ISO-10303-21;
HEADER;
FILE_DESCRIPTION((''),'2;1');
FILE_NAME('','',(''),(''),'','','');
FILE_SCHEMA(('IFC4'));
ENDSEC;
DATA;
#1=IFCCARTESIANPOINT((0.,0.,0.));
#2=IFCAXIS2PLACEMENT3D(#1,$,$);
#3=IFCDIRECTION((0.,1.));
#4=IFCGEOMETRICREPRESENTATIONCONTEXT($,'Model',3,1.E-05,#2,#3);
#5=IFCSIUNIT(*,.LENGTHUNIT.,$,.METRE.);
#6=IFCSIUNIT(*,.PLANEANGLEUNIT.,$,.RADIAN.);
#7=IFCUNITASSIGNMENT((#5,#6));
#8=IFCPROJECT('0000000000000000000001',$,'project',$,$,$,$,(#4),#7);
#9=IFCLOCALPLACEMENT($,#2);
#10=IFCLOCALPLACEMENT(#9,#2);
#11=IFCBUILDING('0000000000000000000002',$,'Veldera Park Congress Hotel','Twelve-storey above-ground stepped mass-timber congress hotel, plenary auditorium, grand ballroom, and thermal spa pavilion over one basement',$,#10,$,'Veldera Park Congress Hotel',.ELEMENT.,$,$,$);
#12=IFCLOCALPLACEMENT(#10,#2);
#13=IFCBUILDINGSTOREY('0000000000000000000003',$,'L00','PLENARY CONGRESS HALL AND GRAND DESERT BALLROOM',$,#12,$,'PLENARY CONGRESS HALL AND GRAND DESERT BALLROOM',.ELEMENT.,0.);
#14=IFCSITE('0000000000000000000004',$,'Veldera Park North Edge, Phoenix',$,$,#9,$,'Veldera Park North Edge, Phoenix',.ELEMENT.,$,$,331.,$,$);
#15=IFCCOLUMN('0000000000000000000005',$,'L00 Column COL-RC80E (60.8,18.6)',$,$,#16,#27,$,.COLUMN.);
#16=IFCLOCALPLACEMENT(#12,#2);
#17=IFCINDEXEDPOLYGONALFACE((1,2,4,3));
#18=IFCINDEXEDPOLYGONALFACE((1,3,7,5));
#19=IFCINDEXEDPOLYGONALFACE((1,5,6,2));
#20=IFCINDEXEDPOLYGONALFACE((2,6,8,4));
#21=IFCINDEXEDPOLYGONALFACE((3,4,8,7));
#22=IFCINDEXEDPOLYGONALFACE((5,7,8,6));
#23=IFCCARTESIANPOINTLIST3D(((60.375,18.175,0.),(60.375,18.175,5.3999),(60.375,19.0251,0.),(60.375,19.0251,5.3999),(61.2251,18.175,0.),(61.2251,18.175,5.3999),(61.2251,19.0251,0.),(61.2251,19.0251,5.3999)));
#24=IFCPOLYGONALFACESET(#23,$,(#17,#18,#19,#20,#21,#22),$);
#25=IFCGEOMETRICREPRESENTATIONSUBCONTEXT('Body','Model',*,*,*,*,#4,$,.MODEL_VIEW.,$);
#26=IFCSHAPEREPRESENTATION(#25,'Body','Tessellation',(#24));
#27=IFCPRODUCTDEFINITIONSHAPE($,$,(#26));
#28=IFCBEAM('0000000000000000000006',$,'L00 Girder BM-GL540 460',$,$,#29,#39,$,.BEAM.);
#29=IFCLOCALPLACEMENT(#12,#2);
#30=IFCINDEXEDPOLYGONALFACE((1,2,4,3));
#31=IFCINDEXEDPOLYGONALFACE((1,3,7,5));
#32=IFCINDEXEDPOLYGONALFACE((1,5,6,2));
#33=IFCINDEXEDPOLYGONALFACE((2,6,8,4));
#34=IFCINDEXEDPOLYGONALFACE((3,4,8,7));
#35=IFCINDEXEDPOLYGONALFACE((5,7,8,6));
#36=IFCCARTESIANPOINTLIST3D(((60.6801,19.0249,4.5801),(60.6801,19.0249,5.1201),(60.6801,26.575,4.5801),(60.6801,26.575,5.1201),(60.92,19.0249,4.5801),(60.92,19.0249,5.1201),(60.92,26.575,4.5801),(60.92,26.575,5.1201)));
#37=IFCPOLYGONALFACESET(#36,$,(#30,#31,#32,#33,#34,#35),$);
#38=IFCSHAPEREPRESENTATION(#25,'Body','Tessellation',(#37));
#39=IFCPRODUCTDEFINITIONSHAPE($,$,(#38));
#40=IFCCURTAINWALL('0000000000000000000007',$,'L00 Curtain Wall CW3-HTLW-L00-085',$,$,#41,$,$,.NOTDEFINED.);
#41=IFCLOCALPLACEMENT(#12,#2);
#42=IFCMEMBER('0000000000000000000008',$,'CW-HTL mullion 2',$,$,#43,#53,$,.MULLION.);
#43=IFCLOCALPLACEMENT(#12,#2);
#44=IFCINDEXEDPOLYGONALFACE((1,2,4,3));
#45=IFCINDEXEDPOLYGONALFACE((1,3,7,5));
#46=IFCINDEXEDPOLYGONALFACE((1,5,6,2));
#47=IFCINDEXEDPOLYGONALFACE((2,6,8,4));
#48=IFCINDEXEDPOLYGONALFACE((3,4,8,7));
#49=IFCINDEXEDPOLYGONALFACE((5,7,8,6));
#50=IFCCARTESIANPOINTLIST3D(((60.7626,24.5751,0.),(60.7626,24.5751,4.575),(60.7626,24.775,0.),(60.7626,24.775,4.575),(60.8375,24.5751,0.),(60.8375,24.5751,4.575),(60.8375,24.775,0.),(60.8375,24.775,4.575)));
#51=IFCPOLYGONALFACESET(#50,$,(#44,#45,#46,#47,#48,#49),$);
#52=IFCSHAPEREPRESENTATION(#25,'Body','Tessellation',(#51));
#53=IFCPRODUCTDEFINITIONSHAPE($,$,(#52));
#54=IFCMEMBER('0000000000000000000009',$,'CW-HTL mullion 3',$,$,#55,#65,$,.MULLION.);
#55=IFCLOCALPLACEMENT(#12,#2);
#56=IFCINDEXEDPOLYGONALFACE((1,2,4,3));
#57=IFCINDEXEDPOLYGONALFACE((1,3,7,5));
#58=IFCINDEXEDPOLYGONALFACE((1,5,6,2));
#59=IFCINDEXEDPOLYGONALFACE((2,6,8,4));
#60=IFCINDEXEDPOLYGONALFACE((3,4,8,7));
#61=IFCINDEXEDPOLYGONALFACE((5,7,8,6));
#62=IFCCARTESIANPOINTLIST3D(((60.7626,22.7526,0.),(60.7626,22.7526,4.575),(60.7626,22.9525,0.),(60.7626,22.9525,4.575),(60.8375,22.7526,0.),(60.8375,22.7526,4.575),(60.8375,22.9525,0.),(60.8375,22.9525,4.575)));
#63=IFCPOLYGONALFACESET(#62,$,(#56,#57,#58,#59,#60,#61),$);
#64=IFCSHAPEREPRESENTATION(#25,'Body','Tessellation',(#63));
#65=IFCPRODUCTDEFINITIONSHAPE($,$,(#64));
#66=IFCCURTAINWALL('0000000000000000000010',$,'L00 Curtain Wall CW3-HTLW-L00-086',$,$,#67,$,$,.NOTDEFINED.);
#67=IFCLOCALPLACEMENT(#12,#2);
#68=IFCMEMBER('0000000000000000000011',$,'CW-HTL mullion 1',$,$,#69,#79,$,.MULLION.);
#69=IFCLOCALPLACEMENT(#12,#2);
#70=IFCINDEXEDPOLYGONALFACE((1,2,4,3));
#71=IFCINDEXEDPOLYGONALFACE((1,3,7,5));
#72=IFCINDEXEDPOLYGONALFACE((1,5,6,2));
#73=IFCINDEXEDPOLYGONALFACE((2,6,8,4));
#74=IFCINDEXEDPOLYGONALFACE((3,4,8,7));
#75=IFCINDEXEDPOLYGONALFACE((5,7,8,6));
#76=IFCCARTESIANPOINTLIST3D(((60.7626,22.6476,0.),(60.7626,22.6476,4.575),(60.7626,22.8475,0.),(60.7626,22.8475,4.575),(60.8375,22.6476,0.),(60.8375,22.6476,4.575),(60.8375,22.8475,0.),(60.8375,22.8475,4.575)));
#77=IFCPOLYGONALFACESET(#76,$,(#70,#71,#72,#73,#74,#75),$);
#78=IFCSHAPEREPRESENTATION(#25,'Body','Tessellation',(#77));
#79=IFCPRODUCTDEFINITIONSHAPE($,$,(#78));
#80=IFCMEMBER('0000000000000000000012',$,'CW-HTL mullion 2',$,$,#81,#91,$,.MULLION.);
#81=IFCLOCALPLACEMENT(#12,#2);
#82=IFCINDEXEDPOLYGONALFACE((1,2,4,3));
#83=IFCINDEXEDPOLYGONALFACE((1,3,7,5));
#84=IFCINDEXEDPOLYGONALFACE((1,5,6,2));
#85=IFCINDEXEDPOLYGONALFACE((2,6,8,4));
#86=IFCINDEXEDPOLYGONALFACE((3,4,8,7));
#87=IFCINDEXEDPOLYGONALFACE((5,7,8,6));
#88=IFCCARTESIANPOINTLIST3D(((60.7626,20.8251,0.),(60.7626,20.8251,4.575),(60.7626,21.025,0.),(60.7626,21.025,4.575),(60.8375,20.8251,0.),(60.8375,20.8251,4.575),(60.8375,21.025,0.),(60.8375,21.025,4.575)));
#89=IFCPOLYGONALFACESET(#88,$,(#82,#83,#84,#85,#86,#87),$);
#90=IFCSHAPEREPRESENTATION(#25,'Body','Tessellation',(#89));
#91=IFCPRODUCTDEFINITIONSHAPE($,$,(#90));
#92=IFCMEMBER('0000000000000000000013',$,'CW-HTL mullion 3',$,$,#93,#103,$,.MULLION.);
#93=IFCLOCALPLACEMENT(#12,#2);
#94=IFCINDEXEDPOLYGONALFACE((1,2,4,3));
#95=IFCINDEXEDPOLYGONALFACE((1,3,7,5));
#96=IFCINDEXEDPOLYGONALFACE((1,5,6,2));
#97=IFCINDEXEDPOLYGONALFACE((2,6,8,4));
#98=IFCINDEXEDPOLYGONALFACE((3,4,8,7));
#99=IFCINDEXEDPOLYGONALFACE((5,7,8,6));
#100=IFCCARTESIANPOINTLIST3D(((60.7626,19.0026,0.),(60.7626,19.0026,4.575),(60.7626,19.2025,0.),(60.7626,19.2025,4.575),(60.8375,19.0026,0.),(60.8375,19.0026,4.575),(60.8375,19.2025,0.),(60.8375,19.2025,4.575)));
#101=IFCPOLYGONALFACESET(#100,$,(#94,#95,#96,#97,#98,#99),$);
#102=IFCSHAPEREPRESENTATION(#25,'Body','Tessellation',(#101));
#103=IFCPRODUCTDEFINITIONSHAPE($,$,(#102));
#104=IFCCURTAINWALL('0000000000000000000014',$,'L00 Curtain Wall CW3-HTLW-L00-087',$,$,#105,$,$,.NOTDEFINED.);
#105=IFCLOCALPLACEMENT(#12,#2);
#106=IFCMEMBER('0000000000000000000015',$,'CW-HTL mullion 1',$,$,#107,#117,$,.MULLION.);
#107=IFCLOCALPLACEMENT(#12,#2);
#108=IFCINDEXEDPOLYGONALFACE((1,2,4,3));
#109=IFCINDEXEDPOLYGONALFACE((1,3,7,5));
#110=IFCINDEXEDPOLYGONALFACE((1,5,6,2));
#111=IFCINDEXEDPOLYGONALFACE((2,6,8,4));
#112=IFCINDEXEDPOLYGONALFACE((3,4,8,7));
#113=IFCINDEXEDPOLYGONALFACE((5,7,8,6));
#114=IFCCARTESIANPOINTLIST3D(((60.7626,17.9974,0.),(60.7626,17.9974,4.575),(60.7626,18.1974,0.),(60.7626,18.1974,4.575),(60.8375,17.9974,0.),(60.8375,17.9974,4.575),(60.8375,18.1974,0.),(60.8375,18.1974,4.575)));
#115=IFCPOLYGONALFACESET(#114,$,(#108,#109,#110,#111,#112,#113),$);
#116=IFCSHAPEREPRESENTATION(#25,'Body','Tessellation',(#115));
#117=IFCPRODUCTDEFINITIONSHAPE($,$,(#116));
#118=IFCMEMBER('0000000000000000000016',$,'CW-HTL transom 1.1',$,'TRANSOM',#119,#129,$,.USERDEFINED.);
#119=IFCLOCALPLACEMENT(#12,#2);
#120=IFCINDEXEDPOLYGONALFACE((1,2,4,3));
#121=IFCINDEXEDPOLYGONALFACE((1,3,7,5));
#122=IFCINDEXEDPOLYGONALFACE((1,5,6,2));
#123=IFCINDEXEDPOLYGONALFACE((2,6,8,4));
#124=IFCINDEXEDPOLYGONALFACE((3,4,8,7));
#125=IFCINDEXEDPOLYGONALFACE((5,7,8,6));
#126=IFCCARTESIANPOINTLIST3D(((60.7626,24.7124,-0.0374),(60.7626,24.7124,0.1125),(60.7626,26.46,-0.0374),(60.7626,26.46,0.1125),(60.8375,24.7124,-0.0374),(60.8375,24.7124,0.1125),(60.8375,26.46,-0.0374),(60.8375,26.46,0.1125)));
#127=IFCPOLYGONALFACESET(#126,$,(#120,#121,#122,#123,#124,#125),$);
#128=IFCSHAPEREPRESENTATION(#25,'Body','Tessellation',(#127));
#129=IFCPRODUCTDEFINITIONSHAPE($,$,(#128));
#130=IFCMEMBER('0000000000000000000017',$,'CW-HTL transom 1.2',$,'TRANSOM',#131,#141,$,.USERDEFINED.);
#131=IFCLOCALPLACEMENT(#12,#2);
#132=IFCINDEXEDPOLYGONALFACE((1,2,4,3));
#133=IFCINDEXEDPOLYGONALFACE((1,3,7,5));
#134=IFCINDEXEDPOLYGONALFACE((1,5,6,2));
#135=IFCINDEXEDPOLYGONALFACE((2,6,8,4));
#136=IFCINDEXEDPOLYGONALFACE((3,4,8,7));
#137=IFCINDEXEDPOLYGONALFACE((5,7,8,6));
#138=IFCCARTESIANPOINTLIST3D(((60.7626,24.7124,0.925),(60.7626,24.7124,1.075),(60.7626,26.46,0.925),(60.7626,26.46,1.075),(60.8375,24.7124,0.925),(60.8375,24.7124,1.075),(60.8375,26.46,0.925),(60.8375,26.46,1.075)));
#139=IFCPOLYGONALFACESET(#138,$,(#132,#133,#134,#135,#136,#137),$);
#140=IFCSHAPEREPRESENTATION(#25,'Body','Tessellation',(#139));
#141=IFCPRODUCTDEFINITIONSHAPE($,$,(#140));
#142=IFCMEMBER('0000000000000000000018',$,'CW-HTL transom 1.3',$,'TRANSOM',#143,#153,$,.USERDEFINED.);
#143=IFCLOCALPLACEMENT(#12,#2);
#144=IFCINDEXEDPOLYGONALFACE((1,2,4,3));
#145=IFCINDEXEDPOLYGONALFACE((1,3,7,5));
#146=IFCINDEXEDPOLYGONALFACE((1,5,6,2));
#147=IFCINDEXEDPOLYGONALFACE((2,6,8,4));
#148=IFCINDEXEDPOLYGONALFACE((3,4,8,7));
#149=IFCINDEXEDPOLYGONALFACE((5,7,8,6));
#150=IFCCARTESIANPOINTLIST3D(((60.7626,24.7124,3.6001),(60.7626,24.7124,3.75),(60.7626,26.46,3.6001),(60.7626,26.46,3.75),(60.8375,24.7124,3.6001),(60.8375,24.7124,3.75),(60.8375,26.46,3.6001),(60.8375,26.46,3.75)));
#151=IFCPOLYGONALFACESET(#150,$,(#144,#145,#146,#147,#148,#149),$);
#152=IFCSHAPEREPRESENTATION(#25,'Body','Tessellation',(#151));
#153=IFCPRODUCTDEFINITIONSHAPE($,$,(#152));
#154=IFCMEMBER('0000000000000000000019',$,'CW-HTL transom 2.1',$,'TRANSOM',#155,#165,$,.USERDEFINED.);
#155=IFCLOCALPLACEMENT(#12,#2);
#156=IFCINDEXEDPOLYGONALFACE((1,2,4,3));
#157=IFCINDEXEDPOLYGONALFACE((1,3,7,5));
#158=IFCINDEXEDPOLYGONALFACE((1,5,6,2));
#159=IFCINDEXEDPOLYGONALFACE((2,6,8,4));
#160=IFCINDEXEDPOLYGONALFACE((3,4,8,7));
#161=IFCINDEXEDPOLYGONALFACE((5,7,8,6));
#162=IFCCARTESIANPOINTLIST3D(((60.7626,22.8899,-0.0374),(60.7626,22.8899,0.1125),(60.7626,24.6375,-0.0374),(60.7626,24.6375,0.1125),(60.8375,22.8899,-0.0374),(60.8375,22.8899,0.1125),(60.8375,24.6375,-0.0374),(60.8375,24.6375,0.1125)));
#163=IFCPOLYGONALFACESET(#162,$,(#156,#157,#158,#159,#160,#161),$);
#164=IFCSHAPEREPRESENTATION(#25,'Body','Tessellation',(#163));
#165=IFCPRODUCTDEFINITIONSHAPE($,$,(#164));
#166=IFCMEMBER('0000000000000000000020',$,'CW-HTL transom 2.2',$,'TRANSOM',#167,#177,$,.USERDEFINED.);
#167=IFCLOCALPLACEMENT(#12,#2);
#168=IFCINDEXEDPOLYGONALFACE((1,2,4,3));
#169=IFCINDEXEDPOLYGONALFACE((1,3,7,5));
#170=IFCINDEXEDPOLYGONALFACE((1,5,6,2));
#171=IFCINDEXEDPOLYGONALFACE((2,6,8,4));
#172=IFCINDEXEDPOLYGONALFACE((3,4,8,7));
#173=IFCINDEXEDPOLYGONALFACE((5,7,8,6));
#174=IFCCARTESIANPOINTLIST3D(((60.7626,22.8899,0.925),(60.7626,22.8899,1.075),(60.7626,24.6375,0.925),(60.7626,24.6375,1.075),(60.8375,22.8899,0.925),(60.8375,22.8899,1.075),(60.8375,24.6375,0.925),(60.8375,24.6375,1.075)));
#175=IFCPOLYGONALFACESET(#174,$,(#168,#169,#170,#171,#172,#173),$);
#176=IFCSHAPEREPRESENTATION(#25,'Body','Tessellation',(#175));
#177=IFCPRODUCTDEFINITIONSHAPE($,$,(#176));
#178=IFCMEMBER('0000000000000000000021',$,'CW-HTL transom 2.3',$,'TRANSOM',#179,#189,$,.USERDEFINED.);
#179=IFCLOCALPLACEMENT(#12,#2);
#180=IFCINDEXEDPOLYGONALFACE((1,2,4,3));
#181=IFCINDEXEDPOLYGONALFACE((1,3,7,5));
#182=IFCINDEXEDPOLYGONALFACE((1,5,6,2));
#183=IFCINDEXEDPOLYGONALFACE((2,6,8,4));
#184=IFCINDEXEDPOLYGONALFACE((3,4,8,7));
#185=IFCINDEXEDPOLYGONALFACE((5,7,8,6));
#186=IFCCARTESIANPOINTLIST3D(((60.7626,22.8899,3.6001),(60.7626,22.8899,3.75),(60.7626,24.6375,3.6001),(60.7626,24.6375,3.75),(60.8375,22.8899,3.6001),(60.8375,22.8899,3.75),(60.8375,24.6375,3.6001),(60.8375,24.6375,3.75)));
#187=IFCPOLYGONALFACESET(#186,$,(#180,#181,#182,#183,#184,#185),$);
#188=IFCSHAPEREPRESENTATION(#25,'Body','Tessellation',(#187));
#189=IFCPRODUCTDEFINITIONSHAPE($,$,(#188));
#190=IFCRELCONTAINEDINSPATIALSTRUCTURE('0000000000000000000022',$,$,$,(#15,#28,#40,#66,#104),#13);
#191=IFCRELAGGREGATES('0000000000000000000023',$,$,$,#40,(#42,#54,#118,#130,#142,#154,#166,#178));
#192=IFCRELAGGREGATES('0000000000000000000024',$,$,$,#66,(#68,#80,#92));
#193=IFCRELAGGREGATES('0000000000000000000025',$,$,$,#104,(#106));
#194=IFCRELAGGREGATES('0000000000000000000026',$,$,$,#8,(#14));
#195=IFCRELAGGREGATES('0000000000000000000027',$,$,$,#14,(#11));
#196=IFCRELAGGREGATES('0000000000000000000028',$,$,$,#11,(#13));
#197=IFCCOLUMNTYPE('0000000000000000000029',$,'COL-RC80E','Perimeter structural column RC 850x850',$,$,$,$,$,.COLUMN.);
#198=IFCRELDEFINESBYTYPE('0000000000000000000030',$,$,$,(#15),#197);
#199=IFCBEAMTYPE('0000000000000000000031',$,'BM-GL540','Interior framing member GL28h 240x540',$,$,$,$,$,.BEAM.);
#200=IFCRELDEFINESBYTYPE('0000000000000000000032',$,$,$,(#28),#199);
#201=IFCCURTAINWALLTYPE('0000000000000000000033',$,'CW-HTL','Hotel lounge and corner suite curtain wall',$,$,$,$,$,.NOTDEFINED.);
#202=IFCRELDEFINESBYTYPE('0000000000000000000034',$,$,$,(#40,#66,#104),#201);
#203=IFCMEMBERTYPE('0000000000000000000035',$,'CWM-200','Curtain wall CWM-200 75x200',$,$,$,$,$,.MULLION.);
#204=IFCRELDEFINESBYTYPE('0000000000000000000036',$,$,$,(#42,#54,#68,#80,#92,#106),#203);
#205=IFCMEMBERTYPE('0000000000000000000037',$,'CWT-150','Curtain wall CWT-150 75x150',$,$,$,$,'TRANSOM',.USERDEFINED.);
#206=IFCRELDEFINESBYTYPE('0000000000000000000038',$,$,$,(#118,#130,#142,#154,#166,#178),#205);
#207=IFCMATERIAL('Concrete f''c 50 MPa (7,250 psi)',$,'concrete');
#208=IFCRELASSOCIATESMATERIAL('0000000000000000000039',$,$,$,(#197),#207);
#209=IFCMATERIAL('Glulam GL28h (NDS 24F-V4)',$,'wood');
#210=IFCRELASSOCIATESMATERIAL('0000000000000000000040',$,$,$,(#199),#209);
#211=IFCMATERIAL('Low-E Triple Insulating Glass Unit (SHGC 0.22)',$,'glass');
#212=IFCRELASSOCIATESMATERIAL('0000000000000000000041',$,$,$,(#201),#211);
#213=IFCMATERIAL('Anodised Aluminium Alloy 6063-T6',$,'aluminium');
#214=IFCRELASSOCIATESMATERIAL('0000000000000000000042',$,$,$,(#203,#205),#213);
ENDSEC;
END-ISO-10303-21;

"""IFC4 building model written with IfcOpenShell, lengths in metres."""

from ifc_helpers import new_model, si_unit, direction, frame, origin, origin_2d, place, context, subcontext, project, spatial, rectangle, extrude, material, material_profile, profile_set, type_object, element, aggregate, save


model = new_model("IFC4")

# Units and contexts
model_context = context("Model", 3, precision=1e-05, world=origin(), true_north=direction((0.0, 1.0)))
body_context = subcontext(model_context, "Body", "Model", "MODEL_VIEW")
ifc_project = project(units=[si_unit("LENGTHUNIT", "METRE"), si_unit("PLANEANGLEUNIT", "RADIAN")], contexts=[model_context])

# Site, building, storey
site_placement = place(None, origin())
site = spatial("IfcSite", under=ifc_project, at=site_placement, Name="Veldera Park North Edge, Phoenix", LongName="Veldera Park North Edge, Phoenix", CompositionType="ELEMENT", RefElevation=331.0)
building_placement = place(site_placement, origin())
building = spatial("IfcBuilding", under=site, at=building_placement, Name="Veldera Park Congress Hotel", Description="Twelve-storey above-ground stepped mass-timber congress hotel, plenary auditorium, grand ballroom, and thermal spa pavilion over one basement", LongName="Veldera Park Congress Hotel", CompositionType="ELEMENT")
storey_placement = place(building_placement, origin())
storey = spatial("IfcBuildingStorey", under=building, at=storey_placement, Name="L00", Description="PLENARY CONGRESS HALL AND GRAND DESERT BALLROOM", LongName="PLENARY CONGRESS HALL AND GRAND DESERT BALLROOM", CompositionType="ELEMENT", Elevation=0.0)

# Column
ifc_material_1 = material(Name="Concrete f'c 50 MPa (7,250 psi)", Category="concrete")
ifc_material_profile_1 = material_profile(ifc_material_1, rectangle(XDim=0.8501, YDim=0.8501, at=origin_2d()), Name="RC 850x850")
ifc_profile_set_1 = profile_set([ifc_material_profile_1], Name="Concrete f'c 50 MPa (7,250 psi)")
column_type = type_object("IfcColumnType", Name="COL-RC80E", Description="Perimeter structural column RC 850x850", PredefinedType="COLUMN", material=ifc_profile_set_1)
column_placement = place(storey_placement, frame((60.8, 18.6001, 0.0), z_axis=(0.0, 0.0, 1.0), x_axis=(1.0, 0.0, 0.0)))
element("IfcColumn", 1, at=column_placement, inside=storey, type_object=column_type, Name="L00 Column COL-RC80E (60.8,18.6)", PredefinedType="COLUMN", context=body_context, shape_type="SweptSolid", body=[
    extrude(rectangle(XDim=0.8501, YDim=0.8501, at=origin_2d()), origin(), (0.0, 0.0, 1.0), 5.3999),
])

# Beam
ifc_material_2 = material(Name="Glulam GL28h (NDS 24F-V4)", Category="wood")
ifc_material_profile_2 = material_profile(ifc_material_2, rectangle(XDim=0.24, YDim=0.54, at=origin_2d()), Name="GL28h 240x540")
ifc_profile_set_2 = profile_set([ifc_material_profile_2], Name="Glulam GL28h (NDS 24F-V4)")
beam_type = type_object("IfcBeamType", Name="BM-GL540", Description="Interior framing member GL28h 240x540", PredefinedType="BEAM", material=ifc_profile_set_2)
beam_placement = place(storey_placement, frame((60.8, 19.0249, 4.8501), z_axis=(0.0, 1.0, 0.0), x_axis=(-1.0, 0.0, 0.0)))
element("IfcBeam", 2, at=beam_placement, inside=storey, type_object=beam_type, Name="L00 Girder BM-GL540 460", PredefinedType="BEAM", context=body_context, shape_type="SweptSolid", body=[
    extrude(rectangle(XDim=0.24, YDim=0.54, at=origin_2d()), origin(), (0.0, 0.0, 1.0), 7.55),
])

# Curtain walls, members
ifc_material_3 = material(Name="Low-E Triple Insulating Glass Unit (SHGC 0.22)", Category="glass")
curtain_wall_type = type_object("IfcCurtainWallType", Name="CW-HTL", Description="Hotel lounge and corner suite curtain wall", PredefinedType="NOTDEFINED", material=ifc_material_3)
curtain_wall_1_placement = place(storey_placement, origin())
curtain_wall_1 = element("IfcCurtainWall", 3, at=curtain_wall_1_placement, inside=storey, type_object=curtain_wall_type, Name="L00 Curtain Wall CW3-HTLW-L00-085", PredefinedType="NOTDEFINED")
ifc_material_4 = material(Name="Anodised Aluminium Alloy 6063-T6", Category="aluminium")
ifc_material_profile_3 = material_profile(ifc_material_4, rectangle(XDim=0.075, YDim=0.2, at=origin_2d()), Name="ALU 75x200")
ifc_profile_set_3 = profile_set([ifc_material_profile_3], Name="Anodised Aluminium Alloy 6063-T6")
member_type_1 = type_object("IfcMemberType", Name="CWM-200", Description="Curtain wall CWM-200 75x200", PredefinedType="MULLION", material=ifc_profile_set_3)
member_1_placement = place(storey_placement, frame((60.8, 24.675, 0.0), z_axis=(0.0, 0.0, 1.0), x_axis=(1.0, 0.0, 0.0)))
member_1 = element("IfcMember", 4, at=member_1_placement, type_object=member_type_1, Name="CW-HTL mullion 2", PredefinedType="MULLION", context=body_context, shape_type="SweptSolid", body=[
    extrude(rectangle(XDim=0.075, YDim=0.2, at=origin_2d()), origin(), (0.0, 0.0, 1.0), 4.575),
])
member_2_placement = place(storey_placement, frame((60.8, 22.8525, 0.0), z_axis=(0.0, 0.0, 1.0), x_axis=(1.0, 0.0, 0.0)))
member_2 = element("IfcMember", 5, at=member_2_placement, type_object=member_type_1, Name="CW-HTL mullion 3", PredefinedType="MULLION", context=body_context, shape_type="SweptSolid", body=[
    extrude(rectangle(XDim=0.075, YDim=0.2, at=origin_2d()), origin(), (0.0, 0.0, 1.0), 4.575),
])
curtain_wall_2_placement = place(storey_placement, origin())
curtain_wall_2 = element("IfcCurtainWall", 6, at=curtain_wall_2_placement, inside=storey, type_object=curtain_wall_type, Name="L00 Curtain Wall CW3-HTLW-L00-086", PredefinedType="NOTDEFINED")
member_3_placement = place(storey_placement, frame((60.8, 22.7476, 0.0), z_axis=(0.0, 0.0, 1.0), x_axis=(1.0, 0.0, 0.0)))
member_3 = element("IfcMember", 7, at=member_3_placement, type_object=member_type_1, Name="CW-HTL mullion 1", PredefinedType="MULLION", context=body_context, shape_type="SweptSolid", body=[
    extrude(rectangle(XDim=0.075, YDim=0.2, at=origin_2d()), origin(), (0.0, 0.0, 1.0), 4.575),
])
member_4_placement = place(storey_placement, frame((60.8, 20.925, 0.0), z_axis=(0.0, 0.0, 1.0), x_axis=(1.0, 0.0, 0.0)))
member_4 = element("IfcMember", 8, at=member_4_placement, type_object=member_type_1, Name="CW-HTL mullion 2", PredefinedType="MULLION", context=body_context, shape_type="SweptSolid", body=[
    extrude(rectangle(XDim=0.075, YDim=0.2, at=origin_2d()), origin(), (0.0, 0.0, 1.0), 4.575),
])
member_5_placement = place(storey_placement, frame((60.8, 19.1025, 0.0), z_axis=(0.0, 0.0, 1.0), x_axis=(1.0, 0.0, 0.0)))
member_5 = element("IfcMember", 9, at=member_5_placement, type_object=member_type_1, Name="CW-HTL mullion 3", PredefinedType="MULLION", context=body_context, shape_type="SweptSolid", body=[
    extrude(rectangle(XDim=0.075, YDim=0.2, at=origin_2d()), origin(), (0.0, 0.0, 1.0), 4.575),
])

# Curtain wall, member
curtain_wall_3_placement = place(storey_placement, origin())
curtain_wall_3 = element("IfcCurtainWall", 10, at=curtain_wall_3_placement, inside=storey, type_object=curtain_wall_type, Name="L00 Curtain Wall CW3-HTLW-L00-087", PredefinedType="NOTDEFINED")
member_6_placement = place(storey_placement, frame((60.8, 18.0974, 0.0), z_axis=(0.0, 0.0, 1.0), x_axis=(1.0, 0.0, 0.0)))
member_6 = element("IfcMember", 11, at=member_6_placement, type_object=member_type_1, Name="CW-HTL mullion 1", PredefinedType="MULLION", context=body_context, shape_type="SweptSolid", body=[
    extrude(rectangle(XDim=0.075, YDim=0.2, at=origin_2d()), origin(), (0.0, 0.0, 1.0), 4.575),
])

# Members
ifc_material_profile_4 = material_profile(ifc_material_4, rectangle(XDim=0.075, YDim=0.1499, at=origin_2d()), Name="ALU 75x150")
ifc_profile_set_4 = profile_set([ifc_material_profile_4], Name="Anodised Aluminium Alloy 6063-T6")
member_type_2 = type_object("IfcMemberType", Name="CWT-150", Description="Curtain wall CWT-150 75x150", ElementType="TRANSOM", PredefinedType="USERDEFINED", material=ifc_profile_set_4)
member_7_placement = place(storey_placement, frame((60.8, 26.46, 0.0376), z_axis=(0.0, -1.0, 0.0), x_axis=(1.0, 0.0, 0.0)))
member_7 = element("IfcMember", 12, at=member_7_placement, type_object=member_type_2, Name="CW-HTL transom 1.1", ObjectType="TRANSOM", PredefinedType="USERDEFINED", context=body_context, shape_type="SweptSolid", body=[
    extrude(rectangle(XDim=0.075, YDim=0.1499, at=origin_2d()), origin(), (0.0, 0.0, 1.0), 1.7476),
])
member_8_placement = place(storey_placement, frame((60.8, 26.46, 1.0), z_axis=(0.0, -1.0, 0.0), x_axis=(1.0, 0.0, 0.0)))
member_8 = element("IfcMember", 13, at=member_8_placement, type_object=member_type_2, Name="CW-HTL transom 1.2", ObjectType="TRANSOM", PredefinedType="USERDEFINED", context=body_context, shape_type="SweptSolid", body=[
    extrude(rectangle(XDim=0.075, YDim=0.1499, at=origin_2d()), origin(), (0.0, 0.0, 1.0), 1.7476),
])
member_9_placement = place(storey_placement, frame((60.8, 26.46, 3.675), z_axis=(0.0, -1.0, 0.0), x_axis=(1.0, 0.0, 0.0)))
member_9 = element("IfcMember", 14, at=member_9_placement, type_object=member_type_2, Name="CW-HTL transom 1.3", ObjectType="TRANSOM", PredefinedType="USERDEFINED", context=body_context, shape_type="SweptSolid", body=[
    extrude(rectangle(XDim=0.075, YDim=0.1499, at=origin_2d()), origin(), (0.0, 0.0, 1.0), 1.7476),
])
member_10_placement = place(storey_placement, frame((60.8, 24.6375, 0.0376), z_axis=(0.0, -1.0, 0.0), x_axis=(1.0, 0.0, 0.0)))
member_10 = element("IfcMember", 15, at=member_10_placement, type_object=member_type_2, Name="CW-HTL transom 2.1", ObjectType="TRANSOM", PredefinedType="USERDEFINED", context=body_context, shape_type="SweptSolid", body=[
    extrude(rectangle(XDim=0.075, YDim=0.1499, at=origin_2d()), origin(), (0.0, 0.0, 1.0), 1.7476),
])
member_11_placement = place(storey_placement, frame((60.8, 24.6375, 1.0), z_axis=(0.0, -1.0, 0.0), x_axis=(1.0, 0.0, 0.0)))
member_11 = element("IfcMember", 16, at=member_11_placement, type_object=member_type_2, Name="CW-HTL transom 2.2", ObjectType="TRANSOM", PredefinedType="USERDEFINED", context=body_context, shape_type="SweptSolid", body=[
    extrude(rectangle(XDim=0.075, YDim=0.1499, at=origin_2d()), origin(), (0.0, 0.0, 1.0), 1.7476),
])
member_12_placement = place(storey_placement, frame((60.8, 24.6375, 3.675), z_axis=(0.0, -1.0, 0.0), x_axis=(1.0, 0.0, 0.0)))
member_12 = element("IfcMember", 17, at=member_12_placement, type_object=member_type_2, Name="CW-HTL transom 2.3", ObjectType="TRANSOM", PredefinedType="USERDEFINED", context=body_context, shape_type="SweptSolid", body=[
    extrude(rectangle(XDim=0.075, YDim=0.1499, at=origin_2d()), origin(), (0.0, 0.0, 1.0), 1.7476),
])

aggregate(curtain_wall_1, [member_1, member_2, member_7, member_8, member_9, member_10, member_11, member_12])
aggregate(curtain_wall_2, [member_3, member_4, member_5])
aggregate(curtain_wall_3, [member_6])

save(model, "model.ifc")
